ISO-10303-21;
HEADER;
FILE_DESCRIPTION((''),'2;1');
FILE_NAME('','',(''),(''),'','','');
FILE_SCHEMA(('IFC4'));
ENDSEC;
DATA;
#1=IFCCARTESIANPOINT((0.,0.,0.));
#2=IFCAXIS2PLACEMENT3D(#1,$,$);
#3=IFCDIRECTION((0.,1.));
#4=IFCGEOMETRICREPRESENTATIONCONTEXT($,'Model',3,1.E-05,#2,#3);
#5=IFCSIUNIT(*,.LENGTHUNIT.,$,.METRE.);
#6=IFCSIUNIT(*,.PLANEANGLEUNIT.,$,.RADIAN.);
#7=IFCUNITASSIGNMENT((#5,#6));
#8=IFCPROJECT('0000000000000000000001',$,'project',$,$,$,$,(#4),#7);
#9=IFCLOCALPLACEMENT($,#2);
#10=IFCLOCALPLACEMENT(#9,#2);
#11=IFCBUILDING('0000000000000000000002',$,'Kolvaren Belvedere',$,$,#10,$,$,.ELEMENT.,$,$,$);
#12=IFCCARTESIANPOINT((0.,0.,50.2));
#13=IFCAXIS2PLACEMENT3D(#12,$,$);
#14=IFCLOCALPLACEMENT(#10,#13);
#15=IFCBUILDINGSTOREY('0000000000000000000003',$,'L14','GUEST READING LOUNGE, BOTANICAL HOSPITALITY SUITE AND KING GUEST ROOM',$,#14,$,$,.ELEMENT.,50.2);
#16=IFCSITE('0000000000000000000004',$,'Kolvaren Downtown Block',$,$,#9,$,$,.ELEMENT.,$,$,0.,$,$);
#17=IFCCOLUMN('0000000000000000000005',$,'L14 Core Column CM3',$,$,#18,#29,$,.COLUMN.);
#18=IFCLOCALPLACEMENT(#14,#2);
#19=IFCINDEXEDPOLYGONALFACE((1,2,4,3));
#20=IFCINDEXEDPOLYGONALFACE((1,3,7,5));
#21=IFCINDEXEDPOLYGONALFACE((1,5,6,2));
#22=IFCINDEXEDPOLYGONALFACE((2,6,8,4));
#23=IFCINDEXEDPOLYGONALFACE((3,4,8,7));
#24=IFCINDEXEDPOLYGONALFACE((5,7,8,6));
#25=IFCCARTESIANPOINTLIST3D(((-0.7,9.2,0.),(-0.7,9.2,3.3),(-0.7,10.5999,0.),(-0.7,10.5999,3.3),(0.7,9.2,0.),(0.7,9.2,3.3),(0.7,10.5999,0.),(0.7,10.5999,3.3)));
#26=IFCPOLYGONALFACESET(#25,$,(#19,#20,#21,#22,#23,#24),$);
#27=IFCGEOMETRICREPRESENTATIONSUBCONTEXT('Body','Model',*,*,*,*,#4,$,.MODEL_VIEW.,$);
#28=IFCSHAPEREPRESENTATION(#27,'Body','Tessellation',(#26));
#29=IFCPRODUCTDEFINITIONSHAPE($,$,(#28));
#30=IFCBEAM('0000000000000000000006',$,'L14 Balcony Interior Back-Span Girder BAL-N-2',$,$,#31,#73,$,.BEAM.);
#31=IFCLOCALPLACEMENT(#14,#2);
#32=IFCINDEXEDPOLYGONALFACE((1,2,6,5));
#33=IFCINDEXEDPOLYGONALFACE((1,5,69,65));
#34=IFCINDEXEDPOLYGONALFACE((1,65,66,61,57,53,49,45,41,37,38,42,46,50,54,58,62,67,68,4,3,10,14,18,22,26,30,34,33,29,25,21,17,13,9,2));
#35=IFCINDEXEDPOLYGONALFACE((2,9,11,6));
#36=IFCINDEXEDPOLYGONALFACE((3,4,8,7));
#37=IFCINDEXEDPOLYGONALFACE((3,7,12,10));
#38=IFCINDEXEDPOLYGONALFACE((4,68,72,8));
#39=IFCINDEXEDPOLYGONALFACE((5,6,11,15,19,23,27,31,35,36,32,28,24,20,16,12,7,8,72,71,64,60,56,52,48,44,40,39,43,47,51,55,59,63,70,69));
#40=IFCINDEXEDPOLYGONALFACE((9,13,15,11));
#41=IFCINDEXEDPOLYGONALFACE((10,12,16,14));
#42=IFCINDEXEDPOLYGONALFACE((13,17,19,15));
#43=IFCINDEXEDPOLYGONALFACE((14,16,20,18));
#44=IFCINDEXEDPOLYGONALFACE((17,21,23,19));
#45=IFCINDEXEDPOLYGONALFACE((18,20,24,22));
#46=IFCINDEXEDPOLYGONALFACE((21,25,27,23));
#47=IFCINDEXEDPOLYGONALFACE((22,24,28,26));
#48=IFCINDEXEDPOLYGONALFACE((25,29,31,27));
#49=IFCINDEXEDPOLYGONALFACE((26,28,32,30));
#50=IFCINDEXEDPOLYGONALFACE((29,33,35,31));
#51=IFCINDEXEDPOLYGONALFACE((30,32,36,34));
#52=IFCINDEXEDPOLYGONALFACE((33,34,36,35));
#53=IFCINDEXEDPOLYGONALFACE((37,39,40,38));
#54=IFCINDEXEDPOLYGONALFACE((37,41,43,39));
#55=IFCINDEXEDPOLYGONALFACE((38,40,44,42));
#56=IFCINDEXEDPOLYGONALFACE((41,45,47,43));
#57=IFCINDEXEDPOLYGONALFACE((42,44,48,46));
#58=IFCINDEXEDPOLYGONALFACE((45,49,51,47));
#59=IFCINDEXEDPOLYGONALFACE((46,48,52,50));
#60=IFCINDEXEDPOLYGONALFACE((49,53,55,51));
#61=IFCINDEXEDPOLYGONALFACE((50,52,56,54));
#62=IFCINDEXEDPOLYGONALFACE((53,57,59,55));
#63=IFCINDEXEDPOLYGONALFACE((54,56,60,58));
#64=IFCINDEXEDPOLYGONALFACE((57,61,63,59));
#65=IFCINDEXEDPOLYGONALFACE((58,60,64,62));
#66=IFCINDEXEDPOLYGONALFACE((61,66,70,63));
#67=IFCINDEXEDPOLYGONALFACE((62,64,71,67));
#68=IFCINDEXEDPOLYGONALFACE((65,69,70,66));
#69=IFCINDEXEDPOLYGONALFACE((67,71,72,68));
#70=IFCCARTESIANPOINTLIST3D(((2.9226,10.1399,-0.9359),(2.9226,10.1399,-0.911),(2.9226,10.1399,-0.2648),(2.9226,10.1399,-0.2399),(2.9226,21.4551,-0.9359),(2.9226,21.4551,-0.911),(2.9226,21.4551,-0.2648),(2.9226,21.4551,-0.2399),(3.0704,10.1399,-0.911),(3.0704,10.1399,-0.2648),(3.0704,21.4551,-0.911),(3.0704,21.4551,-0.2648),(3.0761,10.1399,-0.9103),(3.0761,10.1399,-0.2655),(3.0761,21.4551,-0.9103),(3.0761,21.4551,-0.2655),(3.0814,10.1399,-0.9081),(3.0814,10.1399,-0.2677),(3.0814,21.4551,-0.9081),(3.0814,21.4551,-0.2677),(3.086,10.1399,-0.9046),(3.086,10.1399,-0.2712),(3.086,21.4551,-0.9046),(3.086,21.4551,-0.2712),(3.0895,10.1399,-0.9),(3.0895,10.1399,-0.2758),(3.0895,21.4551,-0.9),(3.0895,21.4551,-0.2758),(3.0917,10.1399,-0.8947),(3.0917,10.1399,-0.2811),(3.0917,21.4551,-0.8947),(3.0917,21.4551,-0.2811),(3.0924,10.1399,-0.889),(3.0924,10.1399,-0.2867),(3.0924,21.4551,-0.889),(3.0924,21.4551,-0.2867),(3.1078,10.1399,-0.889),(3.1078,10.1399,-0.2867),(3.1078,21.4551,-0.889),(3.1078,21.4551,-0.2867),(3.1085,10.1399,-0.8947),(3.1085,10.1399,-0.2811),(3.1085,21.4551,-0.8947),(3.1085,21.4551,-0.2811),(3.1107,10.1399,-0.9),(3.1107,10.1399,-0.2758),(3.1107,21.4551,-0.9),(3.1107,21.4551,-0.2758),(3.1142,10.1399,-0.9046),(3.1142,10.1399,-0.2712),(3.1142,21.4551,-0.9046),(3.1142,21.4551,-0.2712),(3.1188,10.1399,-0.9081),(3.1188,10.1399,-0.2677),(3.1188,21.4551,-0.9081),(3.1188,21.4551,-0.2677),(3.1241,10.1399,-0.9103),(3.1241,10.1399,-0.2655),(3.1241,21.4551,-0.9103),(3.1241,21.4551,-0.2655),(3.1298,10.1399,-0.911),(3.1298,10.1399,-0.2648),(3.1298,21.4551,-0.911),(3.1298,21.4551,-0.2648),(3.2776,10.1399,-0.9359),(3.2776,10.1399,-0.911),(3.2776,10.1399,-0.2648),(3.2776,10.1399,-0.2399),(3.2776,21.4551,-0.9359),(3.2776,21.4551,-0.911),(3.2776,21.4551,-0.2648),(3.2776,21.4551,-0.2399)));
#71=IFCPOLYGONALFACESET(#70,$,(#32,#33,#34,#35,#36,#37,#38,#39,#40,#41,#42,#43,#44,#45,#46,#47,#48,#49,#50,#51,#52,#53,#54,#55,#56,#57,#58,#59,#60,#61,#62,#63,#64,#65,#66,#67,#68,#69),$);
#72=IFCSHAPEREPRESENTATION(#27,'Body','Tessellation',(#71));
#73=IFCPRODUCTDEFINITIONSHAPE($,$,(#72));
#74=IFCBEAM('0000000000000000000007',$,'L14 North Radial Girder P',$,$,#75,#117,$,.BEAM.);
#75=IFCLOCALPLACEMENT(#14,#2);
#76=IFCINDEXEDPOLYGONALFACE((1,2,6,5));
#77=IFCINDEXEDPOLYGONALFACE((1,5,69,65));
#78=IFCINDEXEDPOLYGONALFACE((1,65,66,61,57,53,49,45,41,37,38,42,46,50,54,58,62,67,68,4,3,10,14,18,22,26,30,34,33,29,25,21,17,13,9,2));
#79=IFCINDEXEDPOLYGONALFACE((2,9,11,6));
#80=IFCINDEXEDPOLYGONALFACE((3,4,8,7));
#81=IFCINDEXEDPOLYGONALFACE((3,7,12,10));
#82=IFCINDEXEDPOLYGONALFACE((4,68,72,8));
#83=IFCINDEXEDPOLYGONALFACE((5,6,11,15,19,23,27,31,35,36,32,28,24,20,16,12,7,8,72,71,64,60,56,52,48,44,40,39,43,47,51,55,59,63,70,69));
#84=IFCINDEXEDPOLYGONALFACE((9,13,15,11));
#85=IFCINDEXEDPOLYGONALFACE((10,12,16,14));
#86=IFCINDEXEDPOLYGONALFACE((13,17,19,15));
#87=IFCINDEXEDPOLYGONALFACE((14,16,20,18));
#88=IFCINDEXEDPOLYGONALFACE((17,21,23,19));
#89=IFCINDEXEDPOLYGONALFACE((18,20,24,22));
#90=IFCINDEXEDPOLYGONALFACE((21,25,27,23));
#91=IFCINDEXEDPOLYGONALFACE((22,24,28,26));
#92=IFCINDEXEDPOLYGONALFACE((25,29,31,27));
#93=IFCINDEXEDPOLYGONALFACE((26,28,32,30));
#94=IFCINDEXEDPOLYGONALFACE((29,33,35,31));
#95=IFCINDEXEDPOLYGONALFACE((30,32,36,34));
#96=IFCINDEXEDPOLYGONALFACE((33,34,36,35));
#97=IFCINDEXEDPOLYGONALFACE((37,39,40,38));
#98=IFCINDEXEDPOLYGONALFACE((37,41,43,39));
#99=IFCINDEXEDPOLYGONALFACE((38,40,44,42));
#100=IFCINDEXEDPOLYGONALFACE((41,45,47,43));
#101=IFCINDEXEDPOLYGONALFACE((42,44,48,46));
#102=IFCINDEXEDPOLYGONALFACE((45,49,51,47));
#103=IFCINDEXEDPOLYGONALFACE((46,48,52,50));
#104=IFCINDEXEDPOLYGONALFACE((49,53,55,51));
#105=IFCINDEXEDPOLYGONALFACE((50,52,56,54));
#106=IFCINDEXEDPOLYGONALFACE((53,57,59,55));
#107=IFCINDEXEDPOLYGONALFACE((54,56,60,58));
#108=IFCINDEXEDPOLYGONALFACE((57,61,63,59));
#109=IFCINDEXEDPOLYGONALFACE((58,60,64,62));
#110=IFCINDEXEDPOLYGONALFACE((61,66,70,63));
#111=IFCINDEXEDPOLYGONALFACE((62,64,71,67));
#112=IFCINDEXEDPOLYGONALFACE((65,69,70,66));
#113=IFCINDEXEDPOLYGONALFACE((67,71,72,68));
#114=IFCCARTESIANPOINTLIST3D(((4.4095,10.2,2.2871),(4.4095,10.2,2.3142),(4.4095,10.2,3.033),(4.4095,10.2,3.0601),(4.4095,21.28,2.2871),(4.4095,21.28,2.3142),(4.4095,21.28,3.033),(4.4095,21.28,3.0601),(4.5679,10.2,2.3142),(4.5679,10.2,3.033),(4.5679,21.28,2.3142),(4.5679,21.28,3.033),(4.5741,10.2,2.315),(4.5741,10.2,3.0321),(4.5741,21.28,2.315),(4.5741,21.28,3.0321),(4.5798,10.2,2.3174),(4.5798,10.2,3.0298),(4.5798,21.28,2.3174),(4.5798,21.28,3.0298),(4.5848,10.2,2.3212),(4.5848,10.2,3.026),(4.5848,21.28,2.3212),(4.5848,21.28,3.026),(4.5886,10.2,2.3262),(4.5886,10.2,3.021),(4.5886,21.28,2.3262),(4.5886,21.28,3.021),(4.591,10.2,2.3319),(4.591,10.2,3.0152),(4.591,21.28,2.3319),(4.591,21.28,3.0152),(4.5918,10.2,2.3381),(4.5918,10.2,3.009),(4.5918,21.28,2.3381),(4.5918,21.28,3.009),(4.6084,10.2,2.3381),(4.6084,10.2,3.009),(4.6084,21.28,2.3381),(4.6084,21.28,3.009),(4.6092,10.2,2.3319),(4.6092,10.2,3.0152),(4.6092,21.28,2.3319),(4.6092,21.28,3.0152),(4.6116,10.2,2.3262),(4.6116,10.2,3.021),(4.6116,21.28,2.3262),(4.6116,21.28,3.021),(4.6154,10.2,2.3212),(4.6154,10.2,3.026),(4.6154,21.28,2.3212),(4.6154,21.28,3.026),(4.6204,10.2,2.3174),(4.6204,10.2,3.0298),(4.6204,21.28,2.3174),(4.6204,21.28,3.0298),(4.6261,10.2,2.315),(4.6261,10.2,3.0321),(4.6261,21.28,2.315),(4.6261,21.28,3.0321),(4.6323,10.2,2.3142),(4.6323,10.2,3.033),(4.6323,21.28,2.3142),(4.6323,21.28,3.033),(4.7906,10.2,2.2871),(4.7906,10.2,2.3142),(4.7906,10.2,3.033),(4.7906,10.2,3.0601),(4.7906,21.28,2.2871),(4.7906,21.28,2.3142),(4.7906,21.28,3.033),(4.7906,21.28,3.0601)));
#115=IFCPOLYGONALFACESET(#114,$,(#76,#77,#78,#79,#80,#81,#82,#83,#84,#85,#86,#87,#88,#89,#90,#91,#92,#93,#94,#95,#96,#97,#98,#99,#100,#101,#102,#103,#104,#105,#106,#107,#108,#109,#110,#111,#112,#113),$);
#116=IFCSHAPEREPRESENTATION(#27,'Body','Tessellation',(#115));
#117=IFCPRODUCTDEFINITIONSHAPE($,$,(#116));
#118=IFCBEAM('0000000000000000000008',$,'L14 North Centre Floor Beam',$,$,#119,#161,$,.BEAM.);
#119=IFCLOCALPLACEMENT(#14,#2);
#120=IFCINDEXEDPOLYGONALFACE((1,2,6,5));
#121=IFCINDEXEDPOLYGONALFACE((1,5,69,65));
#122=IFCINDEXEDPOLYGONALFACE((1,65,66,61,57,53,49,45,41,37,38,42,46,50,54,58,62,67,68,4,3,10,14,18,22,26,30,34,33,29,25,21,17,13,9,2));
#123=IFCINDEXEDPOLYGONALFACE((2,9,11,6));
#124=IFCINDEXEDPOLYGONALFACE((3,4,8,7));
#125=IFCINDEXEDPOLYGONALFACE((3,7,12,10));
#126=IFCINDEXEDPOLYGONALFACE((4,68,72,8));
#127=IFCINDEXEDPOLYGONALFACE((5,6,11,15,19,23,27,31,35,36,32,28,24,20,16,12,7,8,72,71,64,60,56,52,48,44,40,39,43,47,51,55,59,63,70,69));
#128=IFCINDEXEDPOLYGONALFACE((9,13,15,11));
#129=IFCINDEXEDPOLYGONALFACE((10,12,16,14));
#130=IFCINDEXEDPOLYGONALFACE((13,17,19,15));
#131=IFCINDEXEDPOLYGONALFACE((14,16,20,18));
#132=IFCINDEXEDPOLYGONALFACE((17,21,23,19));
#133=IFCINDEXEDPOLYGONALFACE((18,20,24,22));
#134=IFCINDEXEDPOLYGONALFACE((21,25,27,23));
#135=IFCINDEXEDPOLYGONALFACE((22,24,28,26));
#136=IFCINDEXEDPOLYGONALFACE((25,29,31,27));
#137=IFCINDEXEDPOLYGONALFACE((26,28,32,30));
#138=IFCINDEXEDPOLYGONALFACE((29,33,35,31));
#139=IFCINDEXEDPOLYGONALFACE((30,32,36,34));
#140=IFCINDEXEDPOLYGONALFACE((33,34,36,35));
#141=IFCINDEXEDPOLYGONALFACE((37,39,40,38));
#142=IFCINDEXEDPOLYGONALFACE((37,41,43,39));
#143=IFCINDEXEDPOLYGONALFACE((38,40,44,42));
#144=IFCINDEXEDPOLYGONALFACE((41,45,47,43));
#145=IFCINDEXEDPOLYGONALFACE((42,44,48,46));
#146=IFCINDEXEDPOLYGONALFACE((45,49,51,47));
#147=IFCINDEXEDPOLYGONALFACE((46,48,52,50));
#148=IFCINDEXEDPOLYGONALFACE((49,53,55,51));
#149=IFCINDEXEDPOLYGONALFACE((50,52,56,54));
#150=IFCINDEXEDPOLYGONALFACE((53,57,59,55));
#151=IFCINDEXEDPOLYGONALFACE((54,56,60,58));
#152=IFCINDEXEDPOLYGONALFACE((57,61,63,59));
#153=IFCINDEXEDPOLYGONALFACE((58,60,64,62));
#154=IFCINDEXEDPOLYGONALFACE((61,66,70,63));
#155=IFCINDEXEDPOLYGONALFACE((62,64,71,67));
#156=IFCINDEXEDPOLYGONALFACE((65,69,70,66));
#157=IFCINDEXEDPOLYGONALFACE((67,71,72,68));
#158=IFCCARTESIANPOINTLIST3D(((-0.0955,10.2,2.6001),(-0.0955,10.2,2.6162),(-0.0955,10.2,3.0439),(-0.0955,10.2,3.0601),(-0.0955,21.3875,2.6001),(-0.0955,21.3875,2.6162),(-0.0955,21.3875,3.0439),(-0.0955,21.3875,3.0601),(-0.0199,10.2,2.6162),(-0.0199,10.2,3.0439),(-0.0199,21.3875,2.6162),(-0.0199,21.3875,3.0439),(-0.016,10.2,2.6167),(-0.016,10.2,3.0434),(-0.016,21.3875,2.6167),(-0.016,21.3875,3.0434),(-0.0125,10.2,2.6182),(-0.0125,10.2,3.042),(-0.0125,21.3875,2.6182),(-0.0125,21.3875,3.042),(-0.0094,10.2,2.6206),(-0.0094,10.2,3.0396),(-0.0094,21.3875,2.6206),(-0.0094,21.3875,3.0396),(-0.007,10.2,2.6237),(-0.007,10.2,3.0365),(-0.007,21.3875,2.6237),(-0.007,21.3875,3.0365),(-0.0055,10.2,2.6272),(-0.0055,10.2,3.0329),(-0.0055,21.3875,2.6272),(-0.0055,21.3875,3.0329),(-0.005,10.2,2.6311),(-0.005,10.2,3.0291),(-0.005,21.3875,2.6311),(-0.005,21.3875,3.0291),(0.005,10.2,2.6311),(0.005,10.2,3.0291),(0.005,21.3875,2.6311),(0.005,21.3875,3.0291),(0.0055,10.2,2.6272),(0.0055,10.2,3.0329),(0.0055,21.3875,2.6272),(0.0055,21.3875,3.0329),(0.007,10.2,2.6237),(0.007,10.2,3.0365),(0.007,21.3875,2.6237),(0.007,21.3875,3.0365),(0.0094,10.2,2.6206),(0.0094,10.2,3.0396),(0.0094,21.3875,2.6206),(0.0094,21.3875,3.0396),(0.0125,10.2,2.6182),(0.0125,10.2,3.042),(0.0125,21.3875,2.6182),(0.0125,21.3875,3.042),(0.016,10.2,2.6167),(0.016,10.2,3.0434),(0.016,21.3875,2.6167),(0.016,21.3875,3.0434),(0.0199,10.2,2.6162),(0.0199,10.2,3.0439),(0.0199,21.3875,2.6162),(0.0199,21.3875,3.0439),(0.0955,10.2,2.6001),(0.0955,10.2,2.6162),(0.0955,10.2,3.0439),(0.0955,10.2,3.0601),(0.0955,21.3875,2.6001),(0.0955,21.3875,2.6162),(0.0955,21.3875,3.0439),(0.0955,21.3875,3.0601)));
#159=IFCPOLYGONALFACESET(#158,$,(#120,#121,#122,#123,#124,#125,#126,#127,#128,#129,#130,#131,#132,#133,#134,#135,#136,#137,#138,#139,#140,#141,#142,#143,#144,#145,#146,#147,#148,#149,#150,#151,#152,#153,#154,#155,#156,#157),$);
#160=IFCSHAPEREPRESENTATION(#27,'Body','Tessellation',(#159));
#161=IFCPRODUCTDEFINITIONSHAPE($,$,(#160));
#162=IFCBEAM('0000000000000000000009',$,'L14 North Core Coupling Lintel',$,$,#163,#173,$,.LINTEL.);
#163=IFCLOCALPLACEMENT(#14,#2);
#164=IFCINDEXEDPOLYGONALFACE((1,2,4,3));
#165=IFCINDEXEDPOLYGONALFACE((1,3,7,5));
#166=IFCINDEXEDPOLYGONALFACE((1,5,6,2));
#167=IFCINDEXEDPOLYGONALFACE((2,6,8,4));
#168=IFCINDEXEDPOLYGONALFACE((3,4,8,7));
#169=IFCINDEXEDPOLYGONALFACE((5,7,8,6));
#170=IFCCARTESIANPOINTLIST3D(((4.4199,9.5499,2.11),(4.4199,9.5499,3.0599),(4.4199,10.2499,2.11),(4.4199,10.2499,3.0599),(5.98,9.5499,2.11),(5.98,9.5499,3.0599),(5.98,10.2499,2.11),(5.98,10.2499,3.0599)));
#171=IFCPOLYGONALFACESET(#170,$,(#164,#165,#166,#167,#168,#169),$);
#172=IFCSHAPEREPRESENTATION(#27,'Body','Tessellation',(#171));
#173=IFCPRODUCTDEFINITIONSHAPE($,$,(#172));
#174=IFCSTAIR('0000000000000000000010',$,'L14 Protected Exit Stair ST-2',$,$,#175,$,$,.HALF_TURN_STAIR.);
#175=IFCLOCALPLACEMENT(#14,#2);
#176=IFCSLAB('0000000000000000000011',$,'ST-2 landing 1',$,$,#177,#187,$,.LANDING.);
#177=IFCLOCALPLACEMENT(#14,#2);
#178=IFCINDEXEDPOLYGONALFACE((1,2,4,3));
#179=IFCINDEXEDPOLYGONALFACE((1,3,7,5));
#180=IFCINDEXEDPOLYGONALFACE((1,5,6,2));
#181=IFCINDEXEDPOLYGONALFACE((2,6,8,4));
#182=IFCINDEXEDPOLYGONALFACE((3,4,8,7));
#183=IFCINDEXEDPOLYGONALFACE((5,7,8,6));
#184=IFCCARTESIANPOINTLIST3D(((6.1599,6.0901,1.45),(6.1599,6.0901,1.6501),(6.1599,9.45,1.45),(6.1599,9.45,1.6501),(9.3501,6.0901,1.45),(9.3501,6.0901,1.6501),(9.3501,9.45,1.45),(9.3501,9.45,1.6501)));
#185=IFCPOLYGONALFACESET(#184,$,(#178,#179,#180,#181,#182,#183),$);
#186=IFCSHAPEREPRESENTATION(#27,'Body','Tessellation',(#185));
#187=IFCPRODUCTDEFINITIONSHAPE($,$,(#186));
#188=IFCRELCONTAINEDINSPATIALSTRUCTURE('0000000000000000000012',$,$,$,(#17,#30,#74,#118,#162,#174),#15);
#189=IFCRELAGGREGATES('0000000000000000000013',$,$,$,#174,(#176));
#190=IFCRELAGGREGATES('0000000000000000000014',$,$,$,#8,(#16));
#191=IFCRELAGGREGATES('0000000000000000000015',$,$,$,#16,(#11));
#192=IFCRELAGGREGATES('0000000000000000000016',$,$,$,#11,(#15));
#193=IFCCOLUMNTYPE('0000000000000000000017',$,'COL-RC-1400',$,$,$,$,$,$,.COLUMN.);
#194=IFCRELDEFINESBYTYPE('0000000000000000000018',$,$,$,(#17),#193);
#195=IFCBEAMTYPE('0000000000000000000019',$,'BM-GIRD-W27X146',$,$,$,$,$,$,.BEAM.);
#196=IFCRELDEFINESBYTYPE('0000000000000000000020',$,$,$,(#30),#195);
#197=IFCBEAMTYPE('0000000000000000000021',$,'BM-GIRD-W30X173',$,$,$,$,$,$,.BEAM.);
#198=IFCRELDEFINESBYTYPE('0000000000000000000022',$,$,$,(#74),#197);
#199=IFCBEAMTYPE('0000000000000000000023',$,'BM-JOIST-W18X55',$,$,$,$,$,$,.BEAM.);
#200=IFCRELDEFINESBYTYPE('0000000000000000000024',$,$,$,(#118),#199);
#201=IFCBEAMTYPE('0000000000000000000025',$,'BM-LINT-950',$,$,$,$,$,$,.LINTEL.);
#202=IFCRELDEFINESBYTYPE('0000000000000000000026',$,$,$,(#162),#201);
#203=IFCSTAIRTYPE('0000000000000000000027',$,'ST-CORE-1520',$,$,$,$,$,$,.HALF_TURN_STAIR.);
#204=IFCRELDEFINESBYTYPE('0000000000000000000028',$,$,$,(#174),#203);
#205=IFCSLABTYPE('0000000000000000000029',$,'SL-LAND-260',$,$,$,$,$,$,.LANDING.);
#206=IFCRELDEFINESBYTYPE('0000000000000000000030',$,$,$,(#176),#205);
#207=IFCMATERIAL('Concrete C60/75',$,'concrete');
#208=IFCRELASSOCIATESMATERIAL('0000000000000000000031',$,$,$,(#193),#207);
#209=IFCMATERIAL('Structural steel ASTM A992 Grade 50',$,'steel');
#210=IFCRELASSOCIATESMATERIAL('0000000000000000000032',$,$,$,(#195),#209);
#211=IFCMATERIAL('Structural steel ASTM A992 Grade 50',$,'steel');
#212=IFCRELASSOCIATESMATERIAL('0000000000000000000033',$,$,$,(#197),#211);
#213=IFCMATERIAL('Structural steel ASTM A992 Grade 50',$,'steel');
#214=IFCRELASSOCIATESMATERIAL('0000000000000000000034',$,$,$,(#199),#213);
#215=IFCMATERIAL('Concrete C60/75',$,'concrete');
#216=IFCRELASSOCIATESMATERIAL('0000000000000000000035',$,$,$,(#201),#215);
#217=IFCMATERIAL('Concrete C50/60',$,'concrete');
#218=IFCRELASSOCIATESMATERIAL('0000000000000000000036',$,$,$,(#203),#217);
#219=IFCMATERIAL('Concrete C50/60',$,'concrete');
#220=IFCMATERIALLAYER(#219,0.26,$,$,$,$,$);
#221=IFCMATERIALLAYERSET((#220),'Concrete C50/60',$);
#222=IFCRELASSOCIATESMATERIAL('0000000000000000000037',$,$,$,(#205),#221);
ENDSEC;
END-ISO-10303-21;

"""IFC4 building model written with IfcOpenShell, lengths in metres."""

from ifc_helpers import new_model, si_unit, direction, frame, origin, origin_2d, place, context, subcontext, project, spatial, polyline, rectangle, i_section, outline, extrude, material, layer, layer_set, material_profile, profile_set, type_object, element, aggregate, save


model = new_model("IFC4")

# Units and contexts
model_context = context("Model", 3, precision=1e-05, world=origin(), true_north=direction((0.0, 1.0)))
body_context = subcontext(model_context, "Body", "Model", "MODEL_VIEW")
ifc_project = project(units=[si_unit("LENGTHUNIT", "METRE"), si_unit("PLANEANGLEUNIT", "RADIAN")], contexts=[model_context])

# Site, building, storey
site_placement = place(None, origin())
site = spatial("IfcSite", under=ifc_project, at=site_placement, Name="Kolvaren Downtown Block", CompositionType="ELEMENT", RefElevation=0.0)
building_placement = place(site_placement, origin())
building = spatial("IfcBuilding", under=site, at=building_placement, Name="Kolvaren Belvedere", CompositionType="ELEMENT")
storey_placement = place(building_placement, frame((0.0, 0.0, 50.2)))
storey = spatial("IfcBuildingStorey", under=building, at=storey_placement, Name="L14", Description="GUEST READING LOUNGE, BOTANICAL HOSPITALITY SUITE AND KING GUEST ROOM", CompositionType="ELEMENT", Elevation=50.2)

# Column
ifc_material_1 = material(Name="Concrete C60/75", Category="concrete")
ifc_material_profile_1 = material_profile(ifc_material_1, rectangle(XDim=1.3999, YDim=1.3999, at=origin_2d()), Name="RC 1400X1400")
ifc_profile_set_1 = profile_set([ifc_material_profile_1], Name="Concrete C60/75")
column_type = type_object("IfcColumnType", Name="COL-RC-1400", PredefinedType="COLUMN", material=ifc_profile_set_1)
column_placement = place(storey_placement, frame((0.0, 9.8999, 0.0), z_axis=(0.0, 0.0, 1.0), x_axis=(1.0, 0.0, 0.0)))
element("IfcColumn", 1, at=column_placement, inside=storey, type_object=column_type, Name="L14 Core Column CM3", PredefinedType="COLUMN", context=body_context, shape_type="SweptSolid", body=[
    extrude(rectangle(XDim=1.3999, YDim=1.3999, at=origin_2d()), origin(), (0.0, 0.0, 1.0), 3.3),
])

# Beams
ifc_material_2 = material(Name="Structural steel ASTM A992 Grade 50", Category="steel")
ifc_material_profile_2 = material_profile(ifc_material_2, i_section(OverallWidth=0.355, OverallDepth=0.696, WebThickness=0.0154, FlangeThickness=0.0249, FilletRadius=0.022, at=origin_2d()), Name="W27X146")
ifc_profile_set_2 = profile_set([ifc_material_profile_2], Name="Structural steel ASTM A992 Grade 50")
beam_type_1 = type_object("IfcBeamType", Name="BM-GIRD-W27X146", PredefinedType="BEAM", material=ifc_profile_set_2)
beam_1_placement = place(storey_placement, frame((3.1001, 10.1399, -0.5879), z_axis=(0.0, 1.0, 0.0), x_axis=(-1.0, 0.0, 0.0)))
element("IfcBeam", 2, at=beam_1_placement, inside=storey, type_object=beam_type_1, Name="L14 Balcony Interior Back-Span Girder BAL-N-2", PredefinedType="BEAM", context=body_context, shape_type="SweptSolid", body=[
    extrude(i_section(OverallWidth=0.355, OverallDepth=0.696, WebThickness=0.0154, FlangeThickness=0.0249, FilletRadius=0.022, at=origin_2d()), origin(), (0.0, 0.0, 1.0), 11.3152),
])
ifc_material_3 = material(Name="Structural steel ASTM A992 Grade 50", Category="steel")
ifc_material_profile_3 = material_profile(ifc_material_3, i_section(OverallWidth=0.3811, OverallDepth=0.7729, WebThickness=0.0166, FlangeThickness=0.0271, FilletRadius=0.0239, at=origin_2d()), Name="W30X173")
ifc_profile_set_3 = profile_set([ifc_material_profile_3], Name="Structural steel ASTM A992 Grade 50")
beam_type_2 = type_object("IfcBeamType", Name="BM-GIRD-W30X173", PredefinedType="BEAM", material=ifc_profile_set_3)
beam_2_placement = place(storey_placement, frame((4.6001, 10.2, 2.6736), z_axis=(0.0, 1.0, 0.0), x_axis=(-1.0, 0.0, 0.0)))
element("IfcBeam", 3, at=beam_2_placement, inside=storey, type_object=beam_type_2, Name="L14 North Radial Girder P", PredefinedType="BEAM", context=body_context, shape_type="SweptSolid", body=[
    extrude(i_section(OverallWidth=0.3811, OverallDepth=0.7729, WebThickness=0.0166, FlangeThickness=0.0271, FilletRadius=0.0239, at=origin_2d()), origin(), (0.0, 0.0, 1.0), 11.0801),
])
ifc_material_4 = material(Name="Structural steel ASTM A992 Grade 50", Category="steel")
ifc_material_profile_4 = material_profile(ifc_material_4, i_section(OverallWidth=0.1909, OverallDepth=0.46, WebThickness=0.01, FlangeThickness=0.0161, FilletRadius=0.0149, at=origin_2d()), Name="W18X55")
ifc_profile_set_4 = profile_set([ifc_material_profile_4], Name="Structural steel ASTM A992 Grade 50")
beam_type_3 = type_object("IfcBeamType", Name="BM-JOIST-W18X55", PredefinedType="BEAM", material=ifc_profile_set_4)
beam_3_placement = place(storey_placement, frame((0.0, 10.2, 2.8301), z_axis=(0.0, 1.0, 0.0), x_axis=(-1.0, 0.0, 0.0)))
element("IfcBeam", 4, at=beam_3_placement, inside=storey, type_object=beam_type_3, Name="L14 North Centre Floor Beam", PredefinedType="BEAM", context=body_context, shape_type="SweptSolid", body=[
    extrude(i_section(OverallWidth=0.1909, OverallDepth=0.46, WebThickness=0.01, FlangeThickness=0.0161, FilletRadius=0.0149, at=origin_2d()), origin(), (0.0, 0.0, 1.0), 11.1875),
])
ifc_material_5 = material(Name="Concrete C60/75", Category="concrete")
ifc_material_profile_5 = material_profile(ifc_material_5, rectangle(XDim=0.7, YDim=0.95, at=origin_2d()), Name="RC 700X950")
ifc_profile_set_5 = profile_set([ifc_material_profile_5], Name="Concrete C60/75")
beam_type_4 = type_object("IfcBeamType", Name="BM-LINT-950", PredefinedType="LINTEL", material=ifc_profile_set_5)
beam_4_placement = place(storey_placement, frame((4.4199, 9.8999, 2.585), z_axis=(1.0, 0.0, 0.0), x_axis=(0.0, 1.0, 0.0)))
element("IfcBeam", 5, at=beam_4_placement, inside=storey, type_object=beam_type_4, Name="L14 North Core Coupling Lintel", PredefinedType="LINTEL", context=body_context, shape_type="SweptSolid", body=[
    extrude(rectangle(XDim=0.7, YDim=0.95, at=origin_2d()), origin(), (0.0, 0.0, 1.0), 1.5601),
])

# Stair, slab
ifc_material_6 = material(Name="Concrete C50/60", Category="concrete")
stair_type = type_object("IfcStairType", Name="ST-CORE-1520", PredefinedType="HALF_TURN_STAIR", material=ifc_material_6)
stair_1_placement = place(storey_placement, origin())
stair_1 = element("IfcStair", 6, at=stair_1_placement, inside=storey, type_object=stair_type, Name="L14 Protected Exit Stair ST-2", PredefinedType="HALF_TURN_STAIR")
ifc_material_7 = material(Name="Concrete C50/60", Category="concrete")
ifc_layer_1 = layer(ifc_material_7, 0.26)
ifc_layer_set_1 = layer_set([ifc_layer_1], Name="Concrete C50/60")
slab_type = type_object("IfcSlabType", Name="SL-LAND-260", PredefinedType="LANDING", material=ifc_layer_set_1)
slab_1_placement = place(storey_placement, frame((0.0, 0.0, 1.45)))
slab_1 = element("IfcSlab", 7, at=slab_1_placement, type_object=slab_type, Name="ST-2 landing 1", PredefinedType="LANDING", context=body_context, shape_type="SweptSolid", body=[
    extrude(outline(polyline([(9.3501, 6.0901), (9.3501, 9.45), (6.1599, 9.45), (6.1599, 6.0901), (9.3501, 6.0901)])), origin(), (0.0, 0.0, 1.0), 0.2002),
])

aggregate(stair_1, [slab_1])

save(model, "model.ifc")
